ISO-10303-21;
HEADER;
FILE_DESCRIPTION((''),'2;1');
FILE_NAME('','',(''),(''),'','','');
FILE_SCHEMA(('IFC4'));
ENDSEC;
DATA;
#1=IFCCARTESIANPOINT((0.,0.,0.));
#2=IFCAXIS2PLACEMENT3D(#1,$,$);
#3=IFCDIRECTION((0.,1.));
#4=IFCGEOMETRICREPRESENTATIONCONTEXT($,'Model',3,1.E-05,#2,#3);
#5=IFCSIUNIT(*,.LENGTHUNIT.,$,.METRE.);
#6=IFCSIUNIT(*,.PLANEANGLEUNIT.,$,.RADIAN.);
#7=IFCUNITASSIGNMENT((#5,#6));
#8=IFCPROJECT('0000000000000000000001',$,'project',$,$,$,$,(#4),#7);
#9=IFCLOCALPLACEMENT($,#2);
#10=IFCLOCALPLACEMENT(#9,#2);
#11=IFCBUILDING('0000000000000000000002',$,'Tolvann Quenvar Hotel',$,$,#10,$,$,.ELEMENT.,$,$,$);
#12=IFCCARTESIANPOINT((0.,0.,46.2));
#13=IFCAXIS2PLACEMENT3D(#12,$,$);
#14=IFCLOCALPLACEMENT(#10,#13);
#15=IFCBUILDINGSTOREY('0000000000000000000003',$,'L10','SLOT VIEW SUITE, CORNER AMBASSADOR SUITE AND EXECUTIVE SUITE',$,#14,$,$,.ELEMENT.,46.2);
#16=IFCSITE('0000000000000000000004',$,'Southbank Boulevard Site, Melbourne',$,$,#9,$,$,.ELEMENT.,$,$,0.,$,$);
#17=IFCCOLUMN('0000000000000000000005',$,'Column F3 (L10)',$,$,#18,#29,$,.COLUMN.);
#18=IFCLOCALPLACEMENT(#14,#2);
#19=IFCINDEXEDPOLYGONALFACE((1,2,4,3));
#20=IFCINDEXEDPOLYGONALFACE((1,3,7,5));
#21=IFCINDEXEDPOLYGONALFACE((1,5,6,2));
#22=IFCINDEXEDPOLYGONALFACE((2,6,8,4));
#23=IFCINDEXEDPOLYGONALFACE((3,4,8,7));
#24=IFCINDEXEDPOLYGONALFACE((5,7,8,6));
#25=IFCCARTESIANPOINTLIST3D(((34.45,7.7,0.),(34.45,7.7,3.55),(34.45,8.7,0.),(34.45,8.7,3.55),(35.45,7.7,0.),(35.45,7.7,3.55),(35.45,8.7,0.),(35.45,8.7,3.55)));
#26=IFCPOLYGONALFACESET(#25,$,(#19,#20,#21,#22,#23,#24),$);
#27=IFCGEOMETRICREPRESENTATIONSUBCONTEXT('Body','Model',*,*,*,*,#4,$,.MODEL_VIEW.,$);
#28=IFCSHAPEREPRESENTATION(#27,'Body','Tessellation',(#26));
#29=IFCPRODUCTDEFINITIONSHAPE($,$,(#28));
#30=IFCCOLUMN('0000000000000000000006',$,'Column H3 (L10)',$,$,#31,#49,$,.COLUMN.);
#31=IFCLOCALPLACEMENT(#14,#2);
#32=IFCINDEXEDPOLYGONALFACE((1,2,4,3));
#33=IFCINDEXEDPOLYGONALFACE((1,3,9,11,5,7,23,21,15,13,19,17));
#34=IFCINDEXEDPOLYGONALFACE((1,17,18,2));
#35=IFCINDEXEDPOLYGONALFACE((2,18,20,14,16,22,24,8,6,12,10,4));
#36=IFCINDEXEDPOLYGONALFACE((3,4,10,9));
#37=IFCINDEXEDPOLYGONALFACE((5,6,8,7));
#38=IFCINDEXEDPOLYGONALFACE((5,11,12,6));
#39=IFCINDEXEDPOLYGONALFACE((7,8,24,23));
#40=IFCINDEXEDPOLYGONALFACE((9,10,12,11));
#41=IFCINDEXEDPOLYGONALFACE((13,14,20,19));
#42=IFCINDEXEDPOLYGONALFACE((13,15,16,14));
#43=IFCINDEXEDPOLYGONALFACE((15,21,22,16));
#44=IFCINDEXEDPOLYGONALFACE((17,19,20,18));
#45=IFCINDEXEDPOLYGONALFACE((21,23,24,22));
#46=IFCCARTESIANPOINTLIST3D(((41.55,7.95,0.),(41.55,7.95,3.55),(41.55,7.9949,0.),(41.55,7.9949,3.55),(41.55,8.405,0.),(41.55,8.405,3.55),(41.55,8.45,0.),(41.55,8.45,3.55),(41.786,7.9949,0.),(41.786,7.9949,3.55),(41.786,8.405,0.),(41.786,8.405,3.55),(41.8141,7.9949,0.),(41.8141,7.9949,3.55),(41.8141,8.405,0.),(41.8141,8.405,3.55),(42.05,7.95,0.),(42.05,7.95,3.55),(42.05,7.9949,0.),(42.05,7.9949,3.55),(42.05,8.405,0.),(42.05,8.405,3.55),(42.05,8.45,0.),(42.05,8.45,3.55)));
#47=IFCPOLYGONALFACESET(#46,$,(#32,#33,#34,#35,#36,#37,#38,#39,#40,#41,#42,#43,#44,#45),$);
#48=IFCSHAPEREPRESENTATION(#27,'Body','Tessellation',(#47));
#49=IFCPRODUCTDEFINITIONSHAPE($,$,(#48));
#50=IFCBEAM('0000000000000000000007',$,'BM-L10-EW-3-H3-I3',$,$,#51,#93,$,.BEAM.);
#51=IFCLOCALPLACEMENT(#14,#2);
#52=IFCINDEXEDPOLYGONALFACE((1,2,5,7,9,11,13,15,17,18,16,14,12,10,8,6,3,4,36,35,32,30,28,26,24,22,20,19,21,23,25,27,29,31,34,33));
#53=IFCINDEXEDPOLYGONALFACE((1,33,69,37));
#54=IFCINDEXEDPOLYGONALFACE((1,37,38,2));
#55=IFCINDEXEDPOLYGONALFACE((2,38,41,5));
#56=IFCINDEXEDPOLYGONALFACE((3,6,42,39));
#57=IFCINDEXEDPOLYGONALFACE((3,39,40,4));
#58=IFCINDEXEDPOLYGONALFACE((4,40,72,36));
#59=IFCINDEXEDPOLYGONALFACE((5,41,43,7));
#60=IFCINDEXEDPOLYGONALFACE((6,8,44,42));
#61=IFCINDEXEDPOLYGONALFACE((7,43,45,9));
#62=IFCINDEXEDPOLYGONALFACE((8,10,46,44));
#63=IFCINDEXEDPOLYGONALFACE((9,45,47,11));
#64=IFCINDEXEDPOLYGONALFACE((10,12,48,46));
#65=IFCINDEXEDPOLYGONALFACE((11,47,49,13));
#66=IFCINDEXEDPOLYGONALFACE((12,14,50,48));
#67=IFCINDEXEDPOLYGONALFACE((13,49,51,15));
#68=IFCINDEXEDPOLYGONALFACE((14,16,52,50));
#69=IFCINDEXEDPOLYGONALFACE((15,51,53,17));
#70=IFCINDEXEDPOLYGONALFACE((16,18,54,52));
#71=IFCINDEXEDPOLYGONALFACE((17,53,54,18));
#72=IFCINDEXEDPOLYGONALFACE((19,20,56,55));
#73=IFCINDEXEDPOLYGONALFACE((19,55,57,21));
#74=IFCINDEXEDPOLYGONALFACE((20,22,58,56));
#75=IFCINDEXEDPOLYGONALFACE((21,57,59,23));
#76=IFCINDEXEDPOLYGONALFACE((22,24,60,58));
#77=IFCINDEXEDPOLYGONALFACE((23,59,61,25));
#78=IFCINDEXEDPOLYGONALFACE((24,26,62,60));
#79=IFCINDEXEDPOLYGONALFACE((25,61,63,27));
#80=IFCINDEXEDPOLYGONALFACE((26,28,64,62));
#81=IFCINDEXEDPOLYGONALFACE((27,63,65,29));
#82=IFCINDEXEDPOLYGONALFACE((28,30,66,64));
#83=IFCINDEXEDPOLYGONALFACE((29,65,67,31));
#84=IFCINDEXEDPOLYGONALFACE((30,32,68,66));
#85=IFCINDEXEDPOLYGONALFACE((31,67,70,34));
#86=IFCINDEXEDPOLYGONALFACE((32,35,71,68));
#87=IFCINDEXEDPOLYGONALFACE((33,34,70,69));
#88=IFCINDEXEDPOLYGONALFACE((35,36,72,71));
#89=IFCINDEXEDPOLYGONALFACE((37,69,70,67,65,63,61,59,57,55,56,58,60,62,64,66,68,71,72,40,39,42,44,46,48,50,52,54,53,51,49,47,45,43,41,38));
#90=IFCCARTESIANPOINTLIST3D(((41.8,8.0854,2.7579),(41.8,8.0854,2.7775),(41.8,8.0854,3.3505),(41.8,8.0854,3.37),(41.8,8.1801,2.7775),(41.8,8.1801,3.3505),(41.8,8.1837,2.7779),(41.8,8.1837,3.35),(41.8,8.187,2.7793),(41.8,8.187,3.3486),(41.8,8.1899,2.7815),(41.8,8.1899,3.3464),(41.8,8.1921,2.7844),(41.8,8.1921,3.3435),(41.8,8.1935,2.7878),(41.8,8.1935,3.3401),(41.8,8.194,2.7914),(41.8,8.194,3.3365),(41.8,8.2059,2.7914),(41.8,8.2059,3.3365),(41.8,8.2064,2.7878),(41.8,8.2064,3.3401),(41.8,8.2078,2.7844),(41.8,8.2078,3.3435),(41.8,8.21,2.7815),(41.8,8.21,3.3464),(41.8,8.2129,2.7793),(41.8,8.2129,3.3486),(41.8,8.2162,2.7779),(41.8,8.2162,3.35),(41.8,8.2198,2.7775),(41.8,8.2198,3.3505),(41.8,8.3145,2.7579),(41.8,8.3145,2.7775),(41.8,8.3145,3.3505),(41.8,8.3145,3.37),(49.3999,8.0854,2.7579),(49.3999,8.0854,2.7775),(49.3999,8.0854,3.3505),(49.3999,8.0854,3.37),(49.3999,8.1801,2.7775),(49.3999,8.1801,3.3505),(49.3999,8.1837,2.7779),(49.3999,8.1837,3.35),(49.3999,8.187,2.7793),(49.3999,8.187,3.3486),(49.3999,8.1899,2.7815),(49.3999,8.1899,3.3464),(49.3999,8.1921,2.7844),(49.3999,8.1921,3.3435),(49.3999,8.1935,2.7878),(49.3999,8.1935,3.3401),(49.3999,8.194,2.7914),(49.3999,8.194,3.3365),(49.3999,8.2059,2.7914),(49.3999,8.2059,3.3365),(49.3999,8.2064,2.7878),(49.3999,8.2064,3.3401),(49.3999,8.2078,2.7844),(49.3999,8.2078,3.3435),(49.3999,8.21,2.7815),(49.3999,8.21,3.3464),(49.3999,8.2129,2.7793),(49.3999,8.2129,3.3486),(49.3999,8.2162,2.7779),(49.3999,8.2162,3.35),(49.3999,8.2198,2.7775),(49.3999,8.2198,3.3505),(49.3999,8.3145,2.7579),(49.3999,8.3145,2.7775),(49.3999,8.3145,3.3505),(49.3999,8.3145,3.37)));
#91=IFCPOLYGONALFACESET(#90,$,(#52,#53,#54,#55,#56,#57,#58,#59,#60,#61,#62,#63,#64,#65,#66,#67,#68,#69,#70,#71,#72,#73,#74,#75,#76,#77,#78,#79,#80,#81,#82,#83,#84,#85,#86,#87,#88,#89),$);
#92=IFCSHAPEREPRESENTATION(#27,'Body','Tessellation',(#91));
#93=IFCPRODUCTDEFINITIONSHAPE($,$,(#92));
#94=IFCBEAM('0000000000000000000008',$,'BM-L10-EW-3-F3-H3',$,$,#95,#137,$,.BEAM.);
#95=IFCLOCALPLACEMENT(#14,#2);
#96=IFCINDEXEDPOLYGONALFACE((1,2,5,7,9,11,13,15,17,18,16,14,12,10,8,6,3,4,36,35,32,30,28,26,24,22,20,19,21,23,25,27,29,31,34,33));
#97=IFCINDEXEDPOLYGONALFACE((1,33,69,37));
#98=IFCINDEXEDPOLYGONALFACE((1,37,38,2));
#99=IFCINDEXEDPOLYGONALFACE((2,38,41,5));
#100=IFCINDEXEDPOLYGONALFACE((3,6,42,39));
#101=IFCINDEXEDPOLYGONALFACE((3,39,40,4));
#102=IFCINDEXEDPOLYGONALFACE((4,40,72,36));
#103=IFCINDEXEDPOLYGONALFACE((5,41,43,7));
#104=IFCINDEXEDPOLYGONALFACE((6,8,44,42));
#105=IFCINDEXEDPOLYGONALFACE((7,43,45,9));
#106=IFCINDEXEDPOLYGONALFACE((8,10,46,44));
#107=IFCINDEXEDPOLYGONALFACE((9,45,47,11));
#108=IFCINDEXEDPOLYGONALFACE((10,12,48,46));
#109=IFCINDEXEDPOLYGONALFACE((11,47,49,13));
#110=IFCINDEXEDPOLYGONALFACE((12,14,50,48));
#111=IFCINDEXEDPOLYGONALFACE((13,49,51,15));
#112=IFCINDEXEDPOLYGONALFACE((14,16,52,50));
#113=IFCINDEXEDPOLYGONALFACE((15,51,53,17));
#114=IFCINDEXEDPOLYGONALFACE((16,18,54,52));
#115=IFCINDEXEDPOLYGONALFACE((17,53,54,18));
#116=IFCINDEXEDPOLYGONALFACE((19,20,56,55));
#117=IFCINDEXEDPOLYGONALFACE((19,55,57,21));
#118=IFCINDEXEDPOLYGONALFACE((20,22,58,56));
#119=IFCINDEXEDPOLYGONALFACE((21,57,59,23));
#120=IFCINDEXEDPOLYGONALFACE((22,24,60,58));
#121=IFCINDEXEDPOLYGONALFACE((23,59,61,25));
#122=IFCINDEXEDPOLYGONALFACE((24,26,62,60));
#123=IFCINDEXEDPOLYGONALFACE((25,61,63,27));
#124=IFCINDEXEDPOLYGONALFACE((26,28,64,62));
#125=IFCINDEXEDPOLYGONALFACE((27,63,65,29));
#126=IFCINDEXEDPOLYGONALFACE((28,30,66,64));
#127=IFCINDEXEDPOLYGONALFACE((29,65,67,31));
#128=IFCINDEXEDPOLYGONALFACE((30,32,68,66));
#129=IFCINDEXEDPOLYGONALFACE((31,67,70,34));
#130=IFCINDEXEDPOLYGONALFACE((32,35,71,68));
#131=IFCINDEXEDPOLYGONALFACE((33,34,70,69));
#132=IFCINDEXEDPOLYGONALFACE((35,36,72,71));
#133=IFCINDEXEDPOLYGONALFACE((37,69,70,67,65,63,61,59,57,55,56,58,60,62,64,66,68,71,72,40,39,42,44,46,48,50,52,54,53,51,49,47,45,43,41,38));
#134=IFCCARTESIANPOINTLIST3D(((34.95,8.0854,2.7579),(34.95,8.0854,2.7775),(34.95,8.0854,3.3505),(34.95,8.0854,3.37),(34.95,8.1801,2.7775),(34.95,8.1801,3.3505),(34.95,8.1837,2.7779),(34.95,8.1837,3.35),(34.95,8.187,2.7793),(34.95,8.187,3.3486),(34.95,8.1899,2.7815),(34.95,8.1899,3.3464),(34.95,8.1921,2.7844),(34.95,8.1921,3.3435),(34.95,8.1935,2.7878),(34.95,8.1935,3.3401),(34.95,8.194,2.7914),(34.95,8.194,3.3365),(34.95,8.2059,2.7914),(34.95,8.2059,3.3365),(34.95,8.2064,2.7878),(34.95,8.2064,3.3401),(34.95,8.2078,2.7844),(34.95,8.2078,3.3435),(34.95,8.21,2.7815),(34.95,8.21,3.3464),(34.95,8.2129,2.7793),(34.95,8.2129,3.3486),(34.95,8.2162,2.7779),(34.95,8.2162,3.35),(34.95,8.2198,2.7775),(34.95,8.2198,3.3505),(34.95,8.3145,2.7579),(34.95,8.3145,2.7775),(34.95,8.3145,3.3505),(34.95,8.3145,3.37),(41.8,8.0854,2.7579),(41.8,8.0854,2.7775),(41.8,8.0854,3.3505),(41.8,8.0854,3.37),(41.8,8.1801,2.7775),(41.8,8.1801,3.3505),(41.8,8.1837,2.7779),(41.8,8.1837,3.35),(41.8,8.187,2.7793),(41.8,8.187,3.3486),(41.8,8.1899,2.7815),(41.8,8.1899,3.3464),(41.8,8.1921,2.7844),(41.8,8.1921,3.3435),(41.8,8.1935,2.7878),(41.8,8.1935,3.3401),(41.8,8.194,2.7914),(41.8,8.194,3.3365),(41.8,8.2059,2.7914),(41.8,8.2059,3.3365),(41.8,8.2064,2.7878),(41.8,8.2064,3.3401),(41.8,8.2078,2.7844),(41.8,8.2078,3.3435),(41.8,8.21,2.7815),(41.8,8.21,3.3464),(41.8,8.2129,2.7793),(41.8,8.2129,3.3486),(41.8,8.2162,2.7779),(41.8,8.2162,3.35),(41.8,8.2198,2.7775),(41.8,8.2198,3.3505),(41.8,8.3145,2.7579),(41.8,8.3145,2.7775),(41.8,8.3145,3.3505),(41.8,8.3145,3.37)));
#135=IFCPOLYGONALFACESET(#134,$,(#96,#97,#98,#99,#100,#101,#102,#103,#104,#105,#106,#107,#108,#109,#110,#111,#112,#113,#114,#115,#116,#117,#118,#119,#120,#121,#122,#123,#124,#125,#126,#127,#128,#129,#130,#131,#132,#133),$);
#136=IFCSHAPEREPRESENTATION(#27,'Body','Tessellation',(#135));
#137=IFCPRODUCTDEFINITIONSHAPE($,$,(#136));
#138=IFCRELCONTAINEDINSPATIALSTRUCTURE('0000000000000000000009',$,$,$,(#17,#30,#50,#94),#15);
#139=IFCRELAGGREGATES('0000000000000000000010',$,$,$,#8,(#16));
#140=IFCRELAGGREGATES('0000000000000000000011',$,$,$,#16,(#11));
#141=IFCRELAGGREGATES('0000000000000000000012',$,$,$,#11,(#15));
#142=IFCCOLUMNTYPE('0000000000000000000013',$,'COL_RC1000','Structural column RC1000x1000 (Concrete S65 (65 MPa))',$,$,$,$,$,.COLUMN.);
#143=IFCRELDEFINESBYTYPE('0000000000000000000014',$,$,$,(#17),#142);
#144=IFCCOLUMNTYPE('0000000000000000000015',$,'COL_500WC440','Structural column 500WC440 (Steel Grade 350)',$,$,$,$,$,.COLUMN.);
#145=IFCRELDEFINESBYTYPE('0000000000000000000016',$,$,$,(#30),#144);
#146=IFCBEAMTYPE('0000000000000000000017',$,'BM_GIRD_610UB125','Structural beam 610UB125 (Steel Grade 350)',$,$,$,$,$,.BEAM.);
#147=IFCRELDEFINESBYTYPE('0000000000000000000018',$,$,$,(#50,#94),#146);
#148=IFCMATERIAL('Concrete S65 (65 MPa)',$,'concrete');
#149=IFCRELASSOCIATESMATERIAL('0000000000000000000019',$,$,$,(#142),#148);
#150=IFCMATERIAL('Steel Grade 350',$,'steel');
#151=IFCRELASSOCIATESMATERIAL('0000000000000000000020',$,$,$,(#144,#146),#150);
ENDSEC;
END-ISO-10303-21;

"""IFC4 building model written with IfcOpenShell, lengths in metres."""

from ifc_helpers import new_model, si_unit, direction, frame, origin, origin_2d, place, context, subcontext, project, spatial, rectangle, i_section, extrude, source, transform, mapped, material, material_profile, profile_set, type_object, type_shapes, element, save


model = new_model("IFC4")

# Units and contexts
model_context = context("Model", 3, precision=1e-05, world=origin(), true_north=direction((0.0, 1.0)))
body_context = subcontext(model_context, "Body", "Model", "MODEL_VIEW")
ifc_project = project(units=[si_unit("LENGTHUNIT", "METRE"), si_unit("PLANEANGLEUNIT", "RADIAN")], contexts=[model_context])

# Site, building, storey
site_placement = place(None, origin())
site = spatial("IfcSite", under=ifc_project, at=site_placement, Name="Southbank Boulevard Site, Melbourne", CompositionType="ELEMENT", RefElevation=0.0)
building_placement = place(site_placement, origin())
building = spatial("IfcBuilding", under=site, at=building_placement, Name="Tolvann Quenvar Hotel", CompositionType="ELEMENT")
storey_placement = place(building_placement, frame((0.0, 0.0, 46.2)))
storey = spatial("IfcBuildingStorey", under=building, at=storey_placement, Name="L10", Description="SLOT VIEW SUITE, CORNER AMBASSADOR SUITE AND EXECUTIVE SUITE", CompositionType="ELEMENT", Elevation=46.2)

# Columns
ifc_material_1 = material(Name="Concrete S65 (65 MPa)", Category="concrete")
ifc_material_profile_1 = material_profile(ifc_material_1, rectangle(XDim=1.0, YDim=1.0, at=origin_2d()), Name="RC1000x1000")
ifc_profile_set_1 = profile_set([ifc_material_profile_1], Name="Concrete S65 (65 MPa)")
column_type_1 = type_object("IfcColumnType", Name="COL_RC1000", Description="Structural column RC1000x1000 (Concrete S65 (65 MPa))", PredefinedType="COLUMN", material=ifc_profile_set_1)
shared_shape_1 = source(origin(), body_context, "Body", "SweptSolid", [
    extrude(rectangle(XDim=1.0, YDim=1.0, at=origin_2d()), origin(), (0.0, 0.0, 1.0), 3.55),
])
type_shapes(column_type_1, [shared_shape_1])
column_1_placement = place(storey_placement, frame((34.95, 8.2, 0.0), z_axis=(0.0, 0.0, 1.0), x_axis=(1.0, 0.0, 0.0)))
element("IfcColumn", 1, at=column_1_placement, inside=storey, type_object=column_type_1, Name="Column F3 (L10)", PredefinedType="COLUMN", context=body_context, shape_type="MappedRepresentation", body=[
    mapped(shared_shape_1, transform((0.0, 0.0, 0.0), x_axis=(1.0, 0.0, 0.0), y_axis=(0.0, 1.0, 0.0), z_axis=(0.0, 0.0, 1.0), scale=1.0)),
])
ifc_material_2 = material(Name="Steel Grade 350", Category="steel")
ifc_material_profile_2 = material_profile(ifc_material_2, i_section(OverallWidth=0.5, OverallDepth=0.5, WebThickness=0.0281, FlangeThickness=0.0449, at=origin_2d()), Name="500WC440")
ifc_profile_set_2 = profile_set([ifc_material_profile_2], Name="Steel Grade 350")
column_type_2 = type_object("IfcColumnType", Name="COL_500WC440", Description="Structural column 500WC440 (Steel Grade 350)", PredefinedType="COLUMN", material=ifc_profile_set_2)
shared_shape_2 = source(origin(), body_context, "Body", "SweptSolid", [
    extrude(i_section(OverallWidth=0.5, OverallDepth=0.5, WebThickness=0.0281, FlangeThickness=0.0449, at=origin_2d()), origin(), (0.0, 0.0, 1.0), 3.55),
])
type_shapes(column_type_2, [shared_shape_2])
column_2_placement = place(storey_placement, frame((41.8, 8.2, 0.0), z_axis=(0.0, 0.0, 1.0), x_axis=(1.0, 0.0, 0.0)))
element("IfcColumn", 2, at=column_2_placement, inside=storey, type_object=column_type_2, Name="Column H3 (L10)", PredefinedType="COLUMN", context=body_context, shape_type="MappedRepresentation", body=[
    mapped(shared_shape_2, transform((0.0, 0.0, 0.0), x_axis=(1.0, 0.0, 0.0), y_axis=(0.0, 1.0, 0.0), z_axis=(0.0, 0.0, 1.0), scale=1.0)),
])

# Beams
ifc_material_profile_3 = material_profile(ifc_material_2, i_section(OverallWidth=0.229, OverallDepth=0.6121, WebThickness=0.012, FlangeThickness=0.0195, FilletRadius=0.0139, at=origin_2d()), Name="610UB125")
ifc_profile_set_3 = profile_set([ifc_material_profile_3], Name="Steel Grade 350")
beam_type_1 = type_object("IfcBeamType", Name="BM_GIRD_610UB125", Description="Structural beam 610UB125 (Steel Grade 350)", PredefinedType="BEAM", material=ifc_profile_set_3)
shared_shape_3 = source(origin(), body_context, "Body", "SweptSolid", [
    extrude(i_section(OverallWidth=0.229, OverallDepth=0.6121, WebThickness=0.012, FlangeThickness=0.0195, FilletRadius=0.0139, at=origin_2d()), origin(), (0.0, 0.0, 1.0), 7.5999),
])
beam_1_placement = place(storey_placement, frame((41.8, 8.2, 3.064), z_axis=(1.0, 0.0, 0.0), x_axis=(0.0, 1.0, 0.0)))
element("IfcBeam", 3, at=beam_1_placement, inside=storey, type_object=beam_type_1, Name="BM-L10-EW-3-H3-I3", PredefinedType="BEAM", context=body_context, shape_type="MappedRepresentation", body=[
    mapped(shared_shape_3, transform((0.0, 0.0, 0.0), x_axis=(1.0, 0.0, 0.0), y_axis=(0.0, 1.0, 0.0), z_axis=(0.0, 0.0, 1.0), scale=1.0)),
])
shared_shape_4 = source(origin(), body_context, "Body", "SweptSolid", [
    extrude(i_section(OverallWidth=0.229, OverallDepth=0.6121, WebThickness=0.012, FlangeThickness=0.0195, FilletRadius=0.0139, at=origin_2d()), origin(), (0.0, 0.0, 1.0), 6.8501),
])
type_shapes(beam_type_1, [shared_shape_3, shared_shape_4])
beam_2_placement = place(storey_placement, frame((34.95, 8.2, 3.064), z_axis=(1.0, 0.0, 0.0), x_axis=(0.0, 1.0, 0.0)))
element("IfcBeam", 4, at=beam_2_placement, inside=storey, type_object=beam_type_1, Name="BM-L10-EW-3-F3-H3", PredefinedType="BEAM", context=body_context, shape_type="MappedRepresentation", body=[
    mapped(shared_shape_4, transform((0.0, 0.0, 0.0), x_axis=(1.0, 0.0, 0.0), y_axis=(0.0, 1.0, 0.0), z_axis=(0.0, 0.0, 1.0), scale=1.0)),
])

save(model, "model.ifc")
